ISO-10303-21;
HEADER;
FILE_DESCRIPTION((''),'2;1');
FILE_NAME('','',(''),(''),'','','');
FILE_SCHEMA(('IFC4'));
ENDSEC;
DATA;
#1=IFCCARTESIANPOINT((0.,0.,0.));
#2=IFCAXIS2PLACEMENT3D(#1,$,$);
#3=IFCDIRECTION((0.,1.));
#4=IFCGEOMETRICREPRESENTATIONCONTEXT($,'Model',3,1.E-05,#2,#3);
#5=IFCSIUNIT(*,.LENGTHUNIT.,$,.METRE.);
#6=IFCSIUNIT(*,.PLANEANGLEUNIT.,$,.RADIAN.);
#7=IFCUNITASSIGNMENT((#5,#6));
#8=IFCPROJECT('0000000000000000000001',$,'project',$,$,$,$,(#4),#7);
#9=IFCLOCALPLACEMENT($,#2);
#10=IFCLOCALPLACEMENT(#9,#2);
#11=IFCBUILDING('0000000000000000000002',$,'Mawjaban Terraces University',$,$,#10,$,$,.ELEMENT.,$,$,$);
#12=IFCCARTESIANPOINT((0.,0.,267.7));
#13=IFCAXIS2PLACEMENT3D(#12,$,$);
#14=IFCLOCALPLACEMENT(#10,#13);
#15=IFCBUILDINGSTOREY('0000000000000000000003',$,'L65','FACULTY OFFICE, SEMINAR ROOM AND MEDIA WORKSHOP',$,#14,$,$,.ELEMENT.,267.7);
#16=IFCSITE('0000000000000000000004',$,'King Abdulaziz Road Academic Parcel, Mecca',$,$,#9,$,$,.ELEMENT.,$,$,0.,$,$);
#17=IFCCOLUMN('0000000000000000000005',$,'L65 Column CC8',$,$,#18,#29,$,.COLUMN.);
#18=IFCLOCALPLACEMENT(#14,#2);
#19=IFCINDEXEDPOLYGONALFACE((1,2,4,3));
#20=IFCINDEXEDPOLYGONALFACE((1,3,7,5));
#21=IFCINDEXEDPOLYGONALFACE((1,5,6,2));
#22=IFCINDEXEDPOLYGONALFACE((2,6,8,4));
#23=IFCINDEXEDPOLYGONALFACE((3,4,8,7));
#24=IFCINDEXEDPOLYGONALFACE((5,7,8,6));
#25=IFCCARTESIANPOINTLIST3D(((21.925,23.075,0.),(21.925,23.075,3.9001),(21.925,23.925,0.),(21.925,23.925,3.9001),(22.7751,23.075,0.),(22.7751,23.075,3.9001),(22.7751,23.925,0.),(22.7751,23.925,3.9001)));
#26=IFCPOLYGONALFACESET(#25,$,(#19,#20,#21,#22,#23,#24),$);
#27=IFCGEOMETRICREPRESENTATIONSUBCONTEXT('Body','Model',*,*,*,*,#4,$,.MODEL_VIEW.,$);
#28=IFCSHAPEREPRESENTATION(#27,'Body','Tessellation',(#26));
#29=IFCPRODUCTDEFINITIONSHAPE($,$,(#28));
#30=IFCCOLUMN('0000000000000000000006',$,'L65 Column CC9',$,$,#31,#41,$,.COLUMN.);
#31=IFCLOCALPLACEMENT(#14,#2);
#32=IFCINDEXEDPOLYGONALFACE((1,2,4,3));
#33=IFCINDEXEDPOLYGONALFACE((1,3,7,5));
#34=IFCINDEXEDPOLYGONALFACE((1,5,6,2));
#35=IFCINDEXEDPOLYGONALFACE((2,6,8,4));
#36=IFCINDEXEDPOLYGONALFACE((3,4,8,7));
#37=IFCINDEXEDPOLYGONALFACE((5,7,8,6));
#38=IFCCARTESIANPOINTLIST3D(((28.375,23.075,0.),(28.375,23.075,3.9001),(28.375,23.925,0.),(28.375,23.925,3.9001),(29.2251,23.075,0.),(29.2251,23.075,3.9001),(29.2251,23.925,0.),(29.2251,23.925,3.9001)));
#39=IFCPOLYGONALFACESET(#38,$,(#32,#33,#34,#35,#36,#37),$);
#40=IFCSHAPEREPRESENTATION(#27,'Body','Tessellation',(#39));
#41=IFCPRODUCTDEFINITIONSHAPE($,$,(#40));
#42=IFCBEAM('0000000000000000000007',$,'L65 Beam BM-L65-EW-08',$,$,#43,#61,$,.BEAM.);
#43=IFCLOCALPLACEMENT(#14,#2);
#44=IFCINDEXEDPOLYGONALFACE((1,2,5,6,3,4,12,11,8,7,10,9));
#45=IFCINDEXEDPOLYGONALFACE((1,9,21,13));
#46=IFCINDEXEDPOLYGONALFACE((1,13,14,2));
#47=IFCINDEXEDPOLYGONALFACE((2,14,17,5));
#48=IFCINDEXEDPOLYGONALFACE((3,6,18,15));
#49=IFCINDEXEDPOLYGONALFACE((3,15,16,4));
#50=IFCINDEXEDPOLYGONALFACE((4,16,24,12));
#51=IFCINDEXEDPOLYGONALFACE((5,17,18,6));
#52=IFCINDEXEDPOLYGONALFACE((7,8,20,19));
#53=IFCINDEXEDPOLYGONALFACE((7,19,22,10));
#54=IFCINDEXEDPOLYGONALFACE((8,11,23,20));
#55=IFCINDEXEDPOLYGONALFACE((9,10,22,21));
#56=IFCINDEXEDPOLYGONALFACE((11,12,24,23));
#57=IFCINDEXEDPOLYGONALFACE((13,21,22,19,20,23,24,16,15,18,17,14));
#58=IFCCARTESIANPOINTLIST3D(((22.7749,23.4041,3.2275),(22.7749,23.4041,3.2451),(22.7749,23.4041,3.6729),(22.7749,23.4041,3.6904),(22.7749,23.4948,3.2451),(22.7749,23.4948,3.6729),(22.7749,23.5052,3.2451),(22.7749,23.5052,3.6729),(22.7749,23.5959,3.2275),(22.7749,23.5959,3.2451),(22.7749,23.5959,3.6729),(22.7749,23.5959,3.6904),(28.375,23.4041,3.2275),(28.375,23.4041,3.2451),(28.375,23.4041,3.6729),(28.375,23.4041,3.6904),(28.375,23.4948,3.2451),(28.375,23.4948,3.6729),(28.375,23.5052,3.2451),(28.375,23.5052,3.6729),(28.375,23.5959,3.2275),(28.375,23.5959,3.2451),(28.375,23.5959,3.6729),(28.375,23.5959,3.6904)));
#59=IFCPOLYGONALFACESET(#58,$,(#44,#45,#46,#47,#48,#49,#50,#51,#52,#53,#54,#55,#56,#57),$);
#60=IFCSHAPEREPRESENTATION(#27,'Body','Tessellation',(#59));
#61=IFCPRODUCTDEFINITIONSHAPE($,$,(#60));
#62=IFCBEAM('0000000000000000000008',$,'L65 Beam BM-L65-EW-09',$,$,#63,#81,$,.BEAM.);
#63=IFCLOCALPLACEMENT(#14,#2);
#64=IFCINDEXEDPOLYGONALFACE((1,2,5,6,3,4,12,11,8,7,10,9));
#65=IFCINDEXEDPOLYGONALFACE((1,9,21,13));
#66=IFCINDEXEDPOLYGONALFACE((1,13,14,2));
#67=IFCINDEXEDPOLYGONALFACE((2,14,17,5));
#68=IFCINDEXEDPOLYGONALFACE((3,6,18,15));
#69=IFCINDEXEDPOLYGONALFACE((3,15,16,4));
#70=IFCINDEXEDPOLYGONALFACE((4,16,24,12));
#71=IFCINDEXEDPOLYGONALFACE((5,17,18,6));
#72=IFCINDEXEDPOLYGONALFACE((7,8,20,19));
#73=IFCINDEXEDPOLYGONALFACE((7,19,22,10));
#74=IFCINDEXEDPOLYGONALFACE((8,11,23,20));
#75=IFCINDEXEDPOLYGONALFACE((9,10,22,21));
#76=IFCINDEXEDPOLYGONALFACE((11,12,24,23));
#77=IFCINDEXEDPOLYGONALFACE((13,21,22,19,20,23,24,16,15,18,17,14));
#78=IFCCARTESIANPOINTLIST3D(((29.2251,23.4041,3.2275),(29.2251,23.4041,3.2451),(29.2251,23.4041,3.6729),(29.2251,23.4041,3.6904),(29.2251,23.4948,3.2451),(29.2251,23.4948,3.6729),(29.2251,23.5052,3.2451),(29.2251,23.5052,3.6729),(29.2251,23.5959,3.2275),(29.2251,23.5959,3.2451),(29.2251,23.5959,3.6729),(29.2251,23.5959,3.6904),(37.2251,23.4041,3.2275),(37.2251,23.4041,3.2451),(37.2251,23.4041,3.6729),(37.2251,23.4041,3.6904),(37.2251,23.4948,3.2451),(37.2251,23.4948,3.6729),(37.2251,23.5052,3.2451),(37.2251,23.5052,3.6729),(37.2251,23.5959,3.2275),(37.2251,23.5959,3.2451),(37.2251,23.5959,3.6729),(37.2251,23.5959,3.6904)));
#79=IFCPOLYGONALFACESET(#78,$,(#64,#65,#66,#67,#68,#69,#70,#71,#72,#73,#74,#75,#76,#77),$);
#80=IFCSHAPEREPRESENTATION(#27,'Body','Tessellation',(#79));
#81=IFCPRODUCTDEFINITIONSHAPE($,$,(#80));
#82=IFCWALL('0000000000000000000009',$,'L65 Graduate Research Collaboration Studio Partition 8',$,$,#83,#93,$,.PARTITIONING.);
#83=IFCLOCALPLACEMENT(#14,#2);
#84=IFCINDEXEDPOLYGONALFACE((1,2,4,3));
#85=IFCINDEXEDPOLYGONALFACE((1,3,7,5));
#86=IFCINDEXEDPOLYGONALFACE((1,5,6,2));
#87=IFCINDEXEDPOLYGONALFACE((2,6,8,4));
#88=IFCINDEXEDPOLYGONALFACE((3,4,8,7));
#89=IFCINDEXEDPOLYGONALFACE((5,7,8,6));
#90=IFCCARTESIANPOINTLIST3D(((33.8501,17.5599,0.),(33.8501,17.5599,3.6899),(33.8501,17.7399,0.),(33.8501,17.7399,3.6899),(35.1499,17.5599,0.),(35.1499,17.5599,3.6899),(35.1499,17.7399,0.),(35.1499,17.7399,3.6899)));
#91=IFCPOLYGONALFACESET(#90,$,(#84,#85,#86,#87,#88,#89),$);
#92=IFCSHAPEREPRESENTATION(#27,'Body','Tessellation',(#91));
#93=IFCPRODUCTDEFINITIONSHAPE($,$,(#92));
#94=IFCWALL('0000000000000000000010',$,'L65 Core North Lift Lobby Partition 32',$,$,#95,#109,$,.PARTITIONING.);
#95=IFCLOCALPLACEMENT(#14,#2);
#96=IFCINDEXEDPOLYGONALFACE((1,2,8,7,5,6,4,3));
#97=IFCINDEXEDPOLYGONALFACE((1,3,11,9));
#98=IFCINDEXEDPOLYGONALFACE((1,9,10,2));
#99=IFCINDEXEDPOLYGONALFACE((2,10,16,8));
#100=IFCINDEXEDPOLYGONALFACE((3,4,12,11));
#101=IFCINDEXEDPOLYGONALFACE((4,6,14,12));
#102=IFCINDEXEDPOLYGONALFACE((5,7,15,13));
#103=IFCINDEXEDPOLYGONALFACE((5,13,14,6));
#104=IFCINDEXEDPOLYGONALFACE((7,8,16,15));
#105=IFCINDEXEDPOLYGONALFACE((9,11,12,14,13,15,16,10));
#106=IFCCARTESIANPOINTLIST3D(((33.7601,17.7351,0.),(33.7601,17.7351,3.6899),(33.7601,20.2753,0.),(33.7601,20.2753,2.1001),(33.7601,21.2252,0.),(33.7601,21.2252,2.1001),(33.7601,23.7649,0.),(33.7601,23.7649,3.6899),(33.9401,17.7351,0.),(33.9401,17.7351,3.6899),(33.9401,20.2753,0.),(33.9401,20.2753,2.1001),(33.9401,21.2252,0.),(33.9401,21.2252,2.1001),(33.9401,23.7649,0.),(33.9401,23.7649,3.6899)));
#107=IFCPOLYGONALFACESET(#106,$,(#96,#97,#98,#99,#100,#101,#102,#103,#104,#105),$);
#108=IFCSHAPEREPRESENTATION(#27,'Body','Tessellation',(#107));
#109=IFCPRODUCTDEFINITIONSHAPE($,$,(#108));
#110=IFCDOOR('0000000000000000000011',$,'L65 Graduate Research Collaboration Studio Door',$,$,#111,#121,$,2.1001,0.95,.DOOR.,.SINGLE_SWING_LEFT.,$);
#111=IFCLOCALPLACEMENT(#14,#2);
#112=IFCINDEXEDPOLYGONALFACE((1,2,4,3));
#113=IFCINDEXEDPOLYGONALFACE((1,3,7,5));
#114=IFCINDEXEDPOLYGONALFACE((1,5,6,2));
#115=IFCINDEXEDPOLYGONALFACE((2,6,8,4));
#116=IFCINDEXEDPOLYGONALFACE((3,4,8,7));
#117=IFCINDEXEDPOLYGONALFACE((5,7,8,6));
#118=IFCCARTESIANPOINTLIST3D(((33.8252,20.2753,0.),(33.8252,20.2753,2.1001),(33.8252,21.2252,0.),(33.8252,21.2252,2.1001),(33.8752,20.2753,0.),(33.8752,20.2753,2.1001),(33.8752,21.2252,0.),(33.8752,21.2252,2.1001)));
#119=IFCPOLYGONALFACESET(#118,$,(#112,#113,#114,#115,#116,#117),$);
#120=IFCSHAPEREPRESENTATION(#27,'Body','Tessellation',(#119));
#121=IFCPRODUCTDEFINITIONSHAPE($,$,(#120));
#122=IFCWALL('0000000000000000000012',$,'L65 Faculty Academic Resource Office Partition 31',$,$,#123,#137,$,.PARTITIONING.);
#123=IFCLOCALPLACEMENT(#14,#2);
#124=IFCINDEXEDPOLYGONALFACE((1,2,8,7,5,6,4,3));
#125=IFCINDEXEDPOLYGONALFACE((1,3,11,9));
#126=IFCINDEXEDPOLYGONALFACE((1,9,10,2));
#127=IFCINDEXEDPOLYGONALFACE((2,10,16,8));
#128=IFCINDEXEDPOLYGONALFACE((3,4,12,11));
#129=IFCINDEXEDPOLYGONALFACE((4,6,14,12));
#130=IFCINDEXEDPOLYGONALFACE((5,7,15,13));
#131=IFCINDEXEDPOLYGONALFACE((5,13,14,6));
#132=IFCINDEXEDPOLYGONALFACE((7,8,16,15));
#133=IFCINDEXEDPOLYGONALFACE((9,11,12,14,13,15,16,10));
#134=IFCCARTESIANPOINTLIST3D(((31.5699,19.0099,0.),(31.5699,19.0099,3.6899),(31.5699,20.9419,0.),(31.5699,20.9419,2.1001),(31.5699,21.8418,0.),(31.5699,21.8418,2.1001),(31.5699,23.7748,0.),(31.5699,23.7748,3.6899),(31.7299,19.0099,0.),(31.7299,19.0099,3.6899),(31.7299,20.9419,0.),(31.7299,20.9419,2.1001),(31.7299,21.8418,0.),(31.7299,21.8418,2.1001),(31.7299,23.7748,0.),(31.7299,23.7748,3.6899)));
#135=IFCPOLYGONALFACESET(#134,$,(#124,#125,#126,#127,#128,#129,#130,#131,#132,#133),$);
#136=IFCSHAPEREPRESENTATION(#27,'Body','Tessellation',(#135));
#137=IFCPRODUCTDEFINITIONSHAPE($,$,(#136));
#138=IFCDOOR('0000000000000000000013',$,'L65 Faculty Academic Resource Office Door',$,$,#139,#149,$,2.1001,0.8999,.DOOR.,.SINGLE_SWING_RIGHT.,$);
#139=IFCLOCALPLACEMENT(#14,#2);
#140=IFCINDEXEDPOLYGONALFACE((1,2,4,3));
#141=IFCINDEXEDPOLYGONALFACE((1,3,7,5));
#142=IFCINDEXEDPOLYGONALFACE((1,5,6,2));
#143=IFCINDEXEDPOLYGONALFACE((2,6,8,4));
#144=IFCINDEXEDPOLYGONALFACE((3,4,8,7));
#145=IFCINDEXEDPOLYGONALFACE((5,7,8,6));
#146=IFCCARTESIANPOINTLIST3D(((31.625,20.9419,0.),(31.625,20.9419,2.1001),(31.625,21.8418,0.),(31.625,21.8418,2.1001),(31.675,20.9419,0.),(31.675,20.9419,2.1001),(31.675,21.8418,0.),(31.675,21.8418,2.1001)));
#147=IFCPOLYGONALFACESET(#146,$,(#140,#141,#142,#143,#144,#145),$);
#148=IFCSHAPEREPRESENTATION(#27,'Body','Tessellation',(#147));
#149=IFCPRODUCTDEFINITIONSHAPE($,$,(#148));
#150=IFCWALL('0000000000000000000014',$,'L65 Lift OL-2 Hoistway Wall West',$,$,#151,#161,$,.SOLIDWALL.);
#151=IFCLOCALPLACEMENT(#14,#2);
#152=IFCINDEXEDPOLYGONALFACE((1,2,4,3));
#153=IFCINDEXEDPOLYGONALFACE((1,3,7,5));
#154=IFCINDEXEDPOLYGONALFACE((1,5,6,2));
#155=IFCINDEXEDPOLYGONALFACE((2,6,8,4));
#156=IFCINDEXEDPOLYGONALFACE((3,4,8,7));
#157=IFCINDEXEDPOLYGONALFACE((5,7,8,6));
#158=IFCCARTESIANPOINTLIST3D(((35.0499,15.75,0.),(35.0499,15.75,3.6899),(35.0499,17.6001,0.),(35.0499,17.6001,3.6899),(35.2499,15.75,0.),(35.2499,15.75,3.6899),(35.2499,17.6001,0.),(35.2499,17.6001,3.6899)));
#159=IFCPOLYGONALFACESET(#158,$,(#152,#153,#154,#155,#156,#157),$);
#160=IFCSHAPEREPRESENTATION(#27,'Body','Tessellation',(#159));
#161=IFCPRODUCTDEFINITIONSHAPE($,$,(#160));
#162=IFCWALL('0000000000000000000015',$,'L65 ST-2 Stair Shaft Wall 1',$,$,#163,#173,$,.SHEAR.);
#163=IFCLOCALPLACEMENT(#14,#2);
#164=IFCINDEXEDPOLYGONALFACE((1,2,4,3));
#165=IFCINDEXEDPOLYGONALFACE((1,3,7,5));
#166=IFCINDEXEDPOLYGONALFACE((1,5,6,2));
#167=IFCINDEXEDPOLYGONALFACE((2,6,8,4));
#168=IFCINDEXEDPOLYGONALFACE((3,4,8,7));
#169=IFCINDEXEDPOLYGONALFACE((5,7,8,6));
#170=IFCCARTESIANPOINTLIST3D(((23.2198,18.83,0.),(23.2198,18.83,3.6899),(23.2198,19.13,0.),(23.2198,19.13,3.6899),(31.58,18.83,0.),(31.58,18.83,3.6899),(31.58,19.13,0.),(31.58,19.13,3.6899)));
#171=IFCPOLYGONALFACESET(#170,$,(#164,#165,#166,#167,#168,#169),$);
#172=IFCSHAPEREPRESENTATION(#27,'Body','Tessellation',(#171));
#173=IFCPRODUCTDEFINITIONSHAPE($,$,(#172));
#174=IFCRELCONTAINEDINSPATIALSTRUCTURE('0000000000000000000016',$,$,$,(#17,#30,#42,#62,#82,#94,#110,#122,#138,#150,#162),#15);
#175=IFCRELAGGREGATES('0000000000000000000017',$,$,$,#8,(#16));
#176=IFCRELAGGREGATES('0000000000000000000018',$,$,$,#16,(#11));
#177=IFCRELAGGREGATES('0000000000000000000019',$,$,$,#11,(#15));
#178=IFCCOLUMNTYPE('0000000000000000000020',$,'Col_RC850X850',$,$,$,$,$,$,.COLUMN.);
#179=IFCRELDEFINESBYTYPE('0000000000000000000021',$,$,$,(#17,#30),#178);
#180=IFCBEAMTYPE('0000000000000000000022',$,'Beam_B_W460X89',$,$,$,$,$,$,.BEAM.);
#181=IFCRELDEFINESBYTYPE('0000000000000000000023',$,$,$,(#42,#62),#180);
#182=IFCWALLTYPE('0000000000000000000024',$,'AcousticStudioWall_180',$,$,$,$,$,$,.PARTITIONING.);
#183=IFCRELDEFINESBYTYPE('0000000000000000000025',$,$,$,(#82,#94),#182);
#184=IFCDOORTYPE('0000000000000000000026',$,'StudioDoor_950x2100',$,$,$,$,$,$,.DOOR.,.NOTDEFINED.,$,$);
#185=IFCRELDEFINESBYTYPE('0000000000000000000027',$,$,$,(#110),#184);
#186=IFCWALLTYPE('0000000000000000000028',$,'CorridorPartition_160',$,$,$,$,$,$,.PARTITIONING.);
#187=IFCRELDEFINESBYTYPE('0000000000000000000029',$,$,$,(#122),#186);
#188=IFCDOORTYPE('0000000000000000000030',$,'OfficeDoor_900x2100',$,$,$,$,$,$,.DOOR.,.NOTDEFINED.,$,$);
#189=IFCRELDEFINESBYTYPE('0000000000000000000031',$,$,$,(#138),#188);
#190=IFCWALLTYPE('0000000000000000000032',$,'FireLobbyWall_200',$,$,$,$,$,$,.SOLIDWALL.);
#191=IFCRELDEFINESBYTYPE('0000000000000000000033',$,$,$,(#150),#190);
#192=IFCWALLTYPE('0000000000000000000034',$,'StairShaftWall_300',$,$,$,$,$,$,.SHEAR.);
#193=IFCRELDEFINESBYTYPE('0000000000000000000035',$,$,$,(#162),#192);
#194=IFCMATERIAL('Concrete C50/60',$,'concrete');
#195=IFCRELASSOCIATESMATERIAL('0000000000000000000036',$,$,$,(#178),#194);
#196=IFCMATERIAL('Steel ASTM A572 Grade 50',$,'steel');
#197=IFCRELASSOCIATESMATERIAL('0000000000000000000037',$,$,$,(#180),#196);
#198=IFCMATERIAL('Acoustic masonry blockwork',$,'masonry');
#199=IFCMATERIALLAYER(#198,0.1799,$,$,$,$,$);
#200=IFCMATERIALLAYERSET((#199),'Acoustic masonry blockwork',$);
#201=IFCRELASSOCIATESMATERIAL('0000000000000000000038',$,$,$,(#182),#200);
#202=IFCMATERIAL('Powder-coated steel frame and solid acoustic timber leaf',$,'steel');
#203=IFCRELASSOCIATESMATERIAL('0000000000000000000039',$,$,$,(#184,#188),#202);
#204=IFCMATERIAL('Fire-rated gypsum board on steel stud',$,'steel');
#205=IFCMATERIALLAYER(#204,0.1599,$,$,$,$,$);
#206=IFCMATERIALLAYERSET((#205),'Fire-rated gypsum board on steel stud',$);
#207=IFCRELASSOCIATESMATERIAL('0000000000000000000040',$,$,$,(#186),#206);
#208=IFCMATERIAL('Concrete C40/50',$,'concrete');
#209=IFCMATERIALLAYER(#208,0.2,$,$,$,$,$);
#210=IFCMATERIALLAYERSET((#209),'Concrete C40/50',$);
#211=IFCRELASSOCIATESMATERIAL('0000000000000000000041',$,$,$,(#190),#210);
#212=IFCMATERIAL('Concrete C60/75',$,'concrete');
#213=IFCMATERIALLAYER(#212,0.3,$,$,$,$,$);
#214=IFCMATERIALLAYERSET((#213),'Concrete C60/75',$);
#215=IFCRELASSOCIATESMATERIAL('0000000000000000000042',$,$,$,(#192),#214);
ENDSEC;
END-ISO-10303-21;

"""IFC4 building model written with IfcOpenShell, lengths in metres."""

from ifc_helpers import new_model, si_unit, direction, frame, frame_2d, origin, origin_2d, place, context, subcontext, project, spatial, rectangle, i_section, extrude, material, layer, layer_set, material_profile, profile_set, type_object, element, fill, save


model = new_model("IFC4")

# Units and contexts
model_context = context("Model", 3, precision=1e-05, world=origin(), true_north=direction((0.0, 1.0)))
body_context = subcontext(model_context, "Body", "Model", "MODEL_VIEW")
ifc_project = project(units=[si_unit("LENGTHUNIT", "METRE"), si_unit("PLANEANGLEUNIT", "RADIAN")], contexts=[model_context])

# Site, building, storey
site_placement = place(None, origin())
site = spatial("IfcSite", under=ifc_project, at=site_placement, Name="King Abdulaziz Road Academic Parcel, Mecca", CompositionType="ELEMENT", RefElevation=0.0)
building_placement = place(site_placement, origin())
building = spatial("IfcBuilding", under=site, at=building_placement, Name="Mawjaban Terraces University", CompositionType="ELEMENT")
storey_placement = place(building_placement, frame((0.0, 0.0, 267.7)))
storey = spatial("IfcBuildingStorey", under=building, at=storey_placement, Name="L65", Description="FACULTY OFFICE, SEMINAR ROOM AND MEDIA WORKSHOP", CompositionType="ELEMENT", Elevation=267.7)

# Columns
ifc_material_1 = material(Name="Concrete C50/60", Category="concrete")
ifc_material_profile_1 = material_profile(ifc_material_1, rectangle(XDim=0.8501, YDim=0.8501, at=origin_2d()), Name="RC850X850")
ifc_profile_set_1 = profile_set([ifc_material_profile_1], Name="Concrete C50/60")
column_type = type_object("IfcColumnType", Name="Col_RC850X850", PredefinedType="COLUMN", material=ifc_profile_set_1)
for number, where, z_axis, x_axis, name in (
    (1, (22.3501, 23.5, 0.0), (0.0, 0.0, 1.0), (1.0, 0.0, 0.0), "L65 Column CC8"),
    (2, (28.8, 23.5, 0.0), (0.0, 0.0, 1.0), (1.0, 0.0, 0.0), "L65 Column CC9"),
):
    element("IfcColumn", number, at=place(storey_placement, frame(where, z_axis=z_axis, x_axis=x_axis)), inside=storey, type_object=column_type, Name=name, PredefinedType="COLUMN", context=body_context, shape_type="SweptSolid", body=[
        extrude(rectangle(XDim=0.8501, YDim=0.8501, at=origin_2d()), origin(), (0.0, 0.0, 1.0), 3.9001),
    ])

# Beams
ifc_material_2 = material(Name="Steel ASTM A572 Grade 50", Category="steel")
ifc_material_profile_2 = material_profile(ifc_material_2, i_section(OverallWidth=0.1919, OverallDepth=0.4629, WebThickness=0.0105, FlangeThickness=0.0176, at=origin_2d()), Name="W460X89")
ifc_profile_set_2 = profile_set([ifc_material_profile_2], Name="Steel ASTM A572 Grade 50")
beam_type = type_object("IfcBeamType", Name="Beam_B_W460X89", PredefinedType="BEAM", material=ifc_profile_set_2)
beam_1_placement = place(storey_placement, frame((22.7749, 23.5, 3.459), z_axis=(1.0, 0.0, 0.0), x_axis=(0.0, 1.0, 0.0)))
element("IfcBeam", 3, at=beam_1_placement, inside=storey, type_object=beam_type, Name="L65 Beam BM-L65-EW-08", PredefinedType="BEAM", context=body_context, shape_type="SweptSolid", body=[
    extrude(i_section(OverallWidth=0.1919, OverallDepth=0.4629, WebThickness=0.0105, FlangeThickness=0.0176, at=origin_2d()), origin(), (0.0, 0.0, 1.0), 5.6001),
])
beam_2_placement = place(storey_placement, frame((29.2251, 23.5, 3.459), z_axis=(1.0, 0.0, 0.0), x_axis=(0.0, 1.0, 0.0)))
element("IfcBeam", 4, at=beam_2_placement, inside=storey, type_object=beam_type, Name="L65 Beam BM-L65-EW-09", PredefinedType="BEAM", context=body_context, shape_type="SweptSolid", body=[
    extrude(i_section(OverallWidth=0.1919, OverallDepth=0.4629, WebThickness=0.0105, FlangeThickness=0.0176, at=origin_2d()), origin(), (0.0, 0.0, 1.0), 8.0),
])

# Wall
ifc_material_3 = material(Name="Acoustic masonry blockwork", Category="masonry")
ifc_layer_1 = layer(ifc_material_3, 0.1799)
ifc_layer_set_1 = layer_set([ifc_layer_1], Name="Acoustic masonry blockwork")
wall_type_1 = type_object("IfcWallType", Name="AcousticStudioWall_180", PredefinedType="PARTITIONING", material=ifc_layer_set_1)
wall_1_placement = place(storey_placement, frame((33.8501, 17.6499, 0.0), z_axis=(0.0, 0.0, 1.0), x_axis=(1.0, 0.0, 0.0)))
element("IfcWall", 5, at=wall_1_placement, inside=storey, type_object=wall_type_1, Name="L65 Graduate Research Collaboration Studio Partition 8", PredefinedType="PARTITIONING", context=body_context, shape_type="SweptSolid", body=[
    extrude(rectangle(XDim=1.2998, YDim=0.1799, at=frame_2d((0.6499, 0.0))), origin(), (0.0, 0.0, 1.0), 3.6899),
])

# Walls, openings, doors
wall_2_placement = place(storey_placement, frame((33.8501, 17.7351, 0.0), z_axis=(0.0, 0.0, 1.0), x_axis=(0.0, 1.0, 0.0)))
wall_2 = element("IfcWall", 6, at=wall_2_placement, inside=storey, type_object=wall_type_1, Name="L65 Core North Lift Lobby Partition 32", PredefinedType="PARTITIONING", context=body_context, shape_type="SweptSolid", body=[
    extrude(rectangle(XDim=6.0298, YDim=0.1799, at=frame_2d((3.0149, 0.0))), origin(), (0.0, 0.0, 1.0), 3.6899),
])
opening_1_placement = place(wall_2_placement, frame((2.54, 0.0, 0.0)))
opening_1 = element("IfcOpeningElement", 7, at=opening_1_placement, cuts=wall_2, PredefinedType="OPENING", context=body_context, shape_type="SweptSolid", body=[
    extrude(rectangle(XDim=0.95, YDim=2.1001, at=frame_2d((0.4751, 1.05))), frame((0.0, 0.0999, 0.0), z_axis=(0.0, -1.0, 0.0), x_axis=(1.0, 0.0, 0.0)), (0.0, 0.0, 1.0), 0.2),
])
ifc_material_4 = material(Name="Powder-coated steel frame and solid acoustic timber leaf", Category="steel")
door_type_1 = type_object("IfcDoorType", Name="StudioDoor_950x2100", OperationType="NOTDEFINED", PredefinedType="DOOR", material=ifc_material_4)
door_1_placement = place(opening_1_placement, origin())
door_1 = element("IfcDoor", 8, at=door_1_placement, inside=storey, type_object=door_type_1, Name="L65 Graduate Research Collaboration Studio Door", OperationType="SINGLE_SWING_LEFT", OverallHeight=2.1001, OverallWidth=0.95, PredefinedType="DOOR", context=body_context, shape_type="SweptSolid", body=[
    extrude(rectangle(XDim=0.95, YDim=2.1001, at=frame_2d((0.4751, 1.05))), frame((0.0, 0.0249, 0.0), z_axis=(0.0, -1.0, 0.0), x_axis=(1.0, 0.0, 0.0)), (0.0, 0.0, 1.0), 0.05),
])
fill(opening_1, door_1)
ifc_material_5 = material(Name="Fire-rated gypsum board on steel stud", Category="steel")
ifc_layer_2 = layer(ifc_material_5, 0.1599)
ifc_layer_set_2 = layer_set([ifc_layer_2], Name="Fire-rated gypsum board on steel stud")
wall_type_2 = type_object("IfcWallType", Name="CorridorPartition_160", PredefinedType="PARTITIONING", material=ifc_layer_set_2)
wall_3_placement = place(storey_placement, frame((31.6499, 19.01, 0.0), z_axis=(0.0, 0.0, 1.0), x_axis=(0.0, 1.0, 0.0)))
wall_3 = element("IfcWall", 9, at=wall_3_placement, inside=storey, type_object=wall_type_2, Name="L65 Faculty Academic Resource Office Partition 31", PredefinedType="PARTITIONING", context=body_context, shape_type="SweptSolid", body=[
    extrude(rectangle(XDim=4.7649, YDim=0.1599, at=frame_2d((2.3823, 0.0))), origin(), (0.0, 0.0, 1.0), 3.6899),
])
opening_2_placement = place(wall_3_placement, frame((1.9319, 0.0, 0.0)))
opening_2 = element("IfcOpeningElement", 10, at=opening_2_placement, cuts=wall_3, PredefinedType="OPENING", context=body_context, shape_type="SweptSolid", body=[
    extrude(rectangle(XDim=0.8999, YDim=2.1001, at=frame_2d((0.45, 1.05))), frame((0.0, 0.0898, 0.0), z_axis=(0.0, -1.0, 0.0), x_axis=(1.0, 0.0, 0.0)), (0.0, 0.0, 1.0), 0.1799),
])
door_type_2 = type_object("IfcDoorType", Name="OfficeDoor_900x2100", OperationType="NOTDEFINED", PredefinedType="DOOR", material=ifc_material_4)
door_2_placement = place(opening_2_placement, origin())
door_2 = element("IfcDoor", 11, at=door_2_placement, inside=storey, type_object=door_type_2, Name="L65 Faculty Academic Resource Office Door", OperationType="SINGLE_SWING_RIGHT", OverallHeight=2.1001, OverallWidth=0.8999, PredefinedType="DOOR", context=body_context, shape_type="SweptSolid", body=[
    extrude(rectangle(XDim=0.8999, YDim=2.1001, at=frame_2d((0.45, 1.05))), frame((0.0, 0.0249, 0.0), z_axis=(0.0, -1.0, 0.0), x_axis=(1.0, 0.0, 0.0)), (0.0, 0.0, 1.0), 0.05),
])
fill(opening_2, door_2)

# Walls
ifc_material_6 = material(Name="Concrete C40/50", Category="concrete")
ifc_layer_3 = layer(ifc_material_6, 0.2)
ifc_layer_set_3 = layer_set([ifc_layer_3], Name="Concrete C40/50")
wall_type_3 = type_object("IfcWallType", Name="FireLobbyWall_200", PredefinedType="SOLIDWALL", material=ifc_layer_set_3)
wall_4_placement = place(storey_placement, frame((35.1499, 17.6001, 0.0), z_axis=(0.0, 0.0, 1.0), x_axis=(0.0, -1.0, 0.0)))
element("IfcWall", 12, at=wall_4_placement, inside=storey, type_object=wall_type_3, Name="L65 Lift OL-2 Hoistway Wall West", PredefinedType="SOLIDWALL", context=body_context, shape_type="SweptSolid", body=[
    extrude(rectangle(XDim=1.8501, YDim=0.2, at=frame_2d((0.925, 0.0))), origin(), (0.0, 0.0, 1.0), 3.6899),
])
ifc_material_7 = material(Name="Concrete C60/75", Category="concrete")
ifc_layer_4 = layer(ifc_material_7, 0.3)
ifc_layer_set_4 = layer_set([ifc_layer_4], Name="Concrete C60/75")
wall_type_4 = type_object("IfcWallType", Name="StairShaftWall_300", PredefinedType="SHEAR", material=ifc_layer_set_4)
wall_5_placement = place(storey_placement, frame((31.5801, 18.98, 0.0), z_axis=(0.0, 0.0, 1.0), x_axis=(-1.0, 0.0, 0.0)))
element("IfcWall", 13, at=wall_5_placement, inside=storey, type_object=wall_type_4, Name="L65 ST-2 Stair Shaft Wall 1", PredefinedType="SHEAR", context=body_context, shape_type="SweptSolid", body=[
    extrude(rectangle(XDim=8.3601, YDim=0.3, at=frame_2d((4.1802, 0.0))), origin(), (0.0, 0.0, 1.0), 3.6899),
])

save(model, "model.ifc")
